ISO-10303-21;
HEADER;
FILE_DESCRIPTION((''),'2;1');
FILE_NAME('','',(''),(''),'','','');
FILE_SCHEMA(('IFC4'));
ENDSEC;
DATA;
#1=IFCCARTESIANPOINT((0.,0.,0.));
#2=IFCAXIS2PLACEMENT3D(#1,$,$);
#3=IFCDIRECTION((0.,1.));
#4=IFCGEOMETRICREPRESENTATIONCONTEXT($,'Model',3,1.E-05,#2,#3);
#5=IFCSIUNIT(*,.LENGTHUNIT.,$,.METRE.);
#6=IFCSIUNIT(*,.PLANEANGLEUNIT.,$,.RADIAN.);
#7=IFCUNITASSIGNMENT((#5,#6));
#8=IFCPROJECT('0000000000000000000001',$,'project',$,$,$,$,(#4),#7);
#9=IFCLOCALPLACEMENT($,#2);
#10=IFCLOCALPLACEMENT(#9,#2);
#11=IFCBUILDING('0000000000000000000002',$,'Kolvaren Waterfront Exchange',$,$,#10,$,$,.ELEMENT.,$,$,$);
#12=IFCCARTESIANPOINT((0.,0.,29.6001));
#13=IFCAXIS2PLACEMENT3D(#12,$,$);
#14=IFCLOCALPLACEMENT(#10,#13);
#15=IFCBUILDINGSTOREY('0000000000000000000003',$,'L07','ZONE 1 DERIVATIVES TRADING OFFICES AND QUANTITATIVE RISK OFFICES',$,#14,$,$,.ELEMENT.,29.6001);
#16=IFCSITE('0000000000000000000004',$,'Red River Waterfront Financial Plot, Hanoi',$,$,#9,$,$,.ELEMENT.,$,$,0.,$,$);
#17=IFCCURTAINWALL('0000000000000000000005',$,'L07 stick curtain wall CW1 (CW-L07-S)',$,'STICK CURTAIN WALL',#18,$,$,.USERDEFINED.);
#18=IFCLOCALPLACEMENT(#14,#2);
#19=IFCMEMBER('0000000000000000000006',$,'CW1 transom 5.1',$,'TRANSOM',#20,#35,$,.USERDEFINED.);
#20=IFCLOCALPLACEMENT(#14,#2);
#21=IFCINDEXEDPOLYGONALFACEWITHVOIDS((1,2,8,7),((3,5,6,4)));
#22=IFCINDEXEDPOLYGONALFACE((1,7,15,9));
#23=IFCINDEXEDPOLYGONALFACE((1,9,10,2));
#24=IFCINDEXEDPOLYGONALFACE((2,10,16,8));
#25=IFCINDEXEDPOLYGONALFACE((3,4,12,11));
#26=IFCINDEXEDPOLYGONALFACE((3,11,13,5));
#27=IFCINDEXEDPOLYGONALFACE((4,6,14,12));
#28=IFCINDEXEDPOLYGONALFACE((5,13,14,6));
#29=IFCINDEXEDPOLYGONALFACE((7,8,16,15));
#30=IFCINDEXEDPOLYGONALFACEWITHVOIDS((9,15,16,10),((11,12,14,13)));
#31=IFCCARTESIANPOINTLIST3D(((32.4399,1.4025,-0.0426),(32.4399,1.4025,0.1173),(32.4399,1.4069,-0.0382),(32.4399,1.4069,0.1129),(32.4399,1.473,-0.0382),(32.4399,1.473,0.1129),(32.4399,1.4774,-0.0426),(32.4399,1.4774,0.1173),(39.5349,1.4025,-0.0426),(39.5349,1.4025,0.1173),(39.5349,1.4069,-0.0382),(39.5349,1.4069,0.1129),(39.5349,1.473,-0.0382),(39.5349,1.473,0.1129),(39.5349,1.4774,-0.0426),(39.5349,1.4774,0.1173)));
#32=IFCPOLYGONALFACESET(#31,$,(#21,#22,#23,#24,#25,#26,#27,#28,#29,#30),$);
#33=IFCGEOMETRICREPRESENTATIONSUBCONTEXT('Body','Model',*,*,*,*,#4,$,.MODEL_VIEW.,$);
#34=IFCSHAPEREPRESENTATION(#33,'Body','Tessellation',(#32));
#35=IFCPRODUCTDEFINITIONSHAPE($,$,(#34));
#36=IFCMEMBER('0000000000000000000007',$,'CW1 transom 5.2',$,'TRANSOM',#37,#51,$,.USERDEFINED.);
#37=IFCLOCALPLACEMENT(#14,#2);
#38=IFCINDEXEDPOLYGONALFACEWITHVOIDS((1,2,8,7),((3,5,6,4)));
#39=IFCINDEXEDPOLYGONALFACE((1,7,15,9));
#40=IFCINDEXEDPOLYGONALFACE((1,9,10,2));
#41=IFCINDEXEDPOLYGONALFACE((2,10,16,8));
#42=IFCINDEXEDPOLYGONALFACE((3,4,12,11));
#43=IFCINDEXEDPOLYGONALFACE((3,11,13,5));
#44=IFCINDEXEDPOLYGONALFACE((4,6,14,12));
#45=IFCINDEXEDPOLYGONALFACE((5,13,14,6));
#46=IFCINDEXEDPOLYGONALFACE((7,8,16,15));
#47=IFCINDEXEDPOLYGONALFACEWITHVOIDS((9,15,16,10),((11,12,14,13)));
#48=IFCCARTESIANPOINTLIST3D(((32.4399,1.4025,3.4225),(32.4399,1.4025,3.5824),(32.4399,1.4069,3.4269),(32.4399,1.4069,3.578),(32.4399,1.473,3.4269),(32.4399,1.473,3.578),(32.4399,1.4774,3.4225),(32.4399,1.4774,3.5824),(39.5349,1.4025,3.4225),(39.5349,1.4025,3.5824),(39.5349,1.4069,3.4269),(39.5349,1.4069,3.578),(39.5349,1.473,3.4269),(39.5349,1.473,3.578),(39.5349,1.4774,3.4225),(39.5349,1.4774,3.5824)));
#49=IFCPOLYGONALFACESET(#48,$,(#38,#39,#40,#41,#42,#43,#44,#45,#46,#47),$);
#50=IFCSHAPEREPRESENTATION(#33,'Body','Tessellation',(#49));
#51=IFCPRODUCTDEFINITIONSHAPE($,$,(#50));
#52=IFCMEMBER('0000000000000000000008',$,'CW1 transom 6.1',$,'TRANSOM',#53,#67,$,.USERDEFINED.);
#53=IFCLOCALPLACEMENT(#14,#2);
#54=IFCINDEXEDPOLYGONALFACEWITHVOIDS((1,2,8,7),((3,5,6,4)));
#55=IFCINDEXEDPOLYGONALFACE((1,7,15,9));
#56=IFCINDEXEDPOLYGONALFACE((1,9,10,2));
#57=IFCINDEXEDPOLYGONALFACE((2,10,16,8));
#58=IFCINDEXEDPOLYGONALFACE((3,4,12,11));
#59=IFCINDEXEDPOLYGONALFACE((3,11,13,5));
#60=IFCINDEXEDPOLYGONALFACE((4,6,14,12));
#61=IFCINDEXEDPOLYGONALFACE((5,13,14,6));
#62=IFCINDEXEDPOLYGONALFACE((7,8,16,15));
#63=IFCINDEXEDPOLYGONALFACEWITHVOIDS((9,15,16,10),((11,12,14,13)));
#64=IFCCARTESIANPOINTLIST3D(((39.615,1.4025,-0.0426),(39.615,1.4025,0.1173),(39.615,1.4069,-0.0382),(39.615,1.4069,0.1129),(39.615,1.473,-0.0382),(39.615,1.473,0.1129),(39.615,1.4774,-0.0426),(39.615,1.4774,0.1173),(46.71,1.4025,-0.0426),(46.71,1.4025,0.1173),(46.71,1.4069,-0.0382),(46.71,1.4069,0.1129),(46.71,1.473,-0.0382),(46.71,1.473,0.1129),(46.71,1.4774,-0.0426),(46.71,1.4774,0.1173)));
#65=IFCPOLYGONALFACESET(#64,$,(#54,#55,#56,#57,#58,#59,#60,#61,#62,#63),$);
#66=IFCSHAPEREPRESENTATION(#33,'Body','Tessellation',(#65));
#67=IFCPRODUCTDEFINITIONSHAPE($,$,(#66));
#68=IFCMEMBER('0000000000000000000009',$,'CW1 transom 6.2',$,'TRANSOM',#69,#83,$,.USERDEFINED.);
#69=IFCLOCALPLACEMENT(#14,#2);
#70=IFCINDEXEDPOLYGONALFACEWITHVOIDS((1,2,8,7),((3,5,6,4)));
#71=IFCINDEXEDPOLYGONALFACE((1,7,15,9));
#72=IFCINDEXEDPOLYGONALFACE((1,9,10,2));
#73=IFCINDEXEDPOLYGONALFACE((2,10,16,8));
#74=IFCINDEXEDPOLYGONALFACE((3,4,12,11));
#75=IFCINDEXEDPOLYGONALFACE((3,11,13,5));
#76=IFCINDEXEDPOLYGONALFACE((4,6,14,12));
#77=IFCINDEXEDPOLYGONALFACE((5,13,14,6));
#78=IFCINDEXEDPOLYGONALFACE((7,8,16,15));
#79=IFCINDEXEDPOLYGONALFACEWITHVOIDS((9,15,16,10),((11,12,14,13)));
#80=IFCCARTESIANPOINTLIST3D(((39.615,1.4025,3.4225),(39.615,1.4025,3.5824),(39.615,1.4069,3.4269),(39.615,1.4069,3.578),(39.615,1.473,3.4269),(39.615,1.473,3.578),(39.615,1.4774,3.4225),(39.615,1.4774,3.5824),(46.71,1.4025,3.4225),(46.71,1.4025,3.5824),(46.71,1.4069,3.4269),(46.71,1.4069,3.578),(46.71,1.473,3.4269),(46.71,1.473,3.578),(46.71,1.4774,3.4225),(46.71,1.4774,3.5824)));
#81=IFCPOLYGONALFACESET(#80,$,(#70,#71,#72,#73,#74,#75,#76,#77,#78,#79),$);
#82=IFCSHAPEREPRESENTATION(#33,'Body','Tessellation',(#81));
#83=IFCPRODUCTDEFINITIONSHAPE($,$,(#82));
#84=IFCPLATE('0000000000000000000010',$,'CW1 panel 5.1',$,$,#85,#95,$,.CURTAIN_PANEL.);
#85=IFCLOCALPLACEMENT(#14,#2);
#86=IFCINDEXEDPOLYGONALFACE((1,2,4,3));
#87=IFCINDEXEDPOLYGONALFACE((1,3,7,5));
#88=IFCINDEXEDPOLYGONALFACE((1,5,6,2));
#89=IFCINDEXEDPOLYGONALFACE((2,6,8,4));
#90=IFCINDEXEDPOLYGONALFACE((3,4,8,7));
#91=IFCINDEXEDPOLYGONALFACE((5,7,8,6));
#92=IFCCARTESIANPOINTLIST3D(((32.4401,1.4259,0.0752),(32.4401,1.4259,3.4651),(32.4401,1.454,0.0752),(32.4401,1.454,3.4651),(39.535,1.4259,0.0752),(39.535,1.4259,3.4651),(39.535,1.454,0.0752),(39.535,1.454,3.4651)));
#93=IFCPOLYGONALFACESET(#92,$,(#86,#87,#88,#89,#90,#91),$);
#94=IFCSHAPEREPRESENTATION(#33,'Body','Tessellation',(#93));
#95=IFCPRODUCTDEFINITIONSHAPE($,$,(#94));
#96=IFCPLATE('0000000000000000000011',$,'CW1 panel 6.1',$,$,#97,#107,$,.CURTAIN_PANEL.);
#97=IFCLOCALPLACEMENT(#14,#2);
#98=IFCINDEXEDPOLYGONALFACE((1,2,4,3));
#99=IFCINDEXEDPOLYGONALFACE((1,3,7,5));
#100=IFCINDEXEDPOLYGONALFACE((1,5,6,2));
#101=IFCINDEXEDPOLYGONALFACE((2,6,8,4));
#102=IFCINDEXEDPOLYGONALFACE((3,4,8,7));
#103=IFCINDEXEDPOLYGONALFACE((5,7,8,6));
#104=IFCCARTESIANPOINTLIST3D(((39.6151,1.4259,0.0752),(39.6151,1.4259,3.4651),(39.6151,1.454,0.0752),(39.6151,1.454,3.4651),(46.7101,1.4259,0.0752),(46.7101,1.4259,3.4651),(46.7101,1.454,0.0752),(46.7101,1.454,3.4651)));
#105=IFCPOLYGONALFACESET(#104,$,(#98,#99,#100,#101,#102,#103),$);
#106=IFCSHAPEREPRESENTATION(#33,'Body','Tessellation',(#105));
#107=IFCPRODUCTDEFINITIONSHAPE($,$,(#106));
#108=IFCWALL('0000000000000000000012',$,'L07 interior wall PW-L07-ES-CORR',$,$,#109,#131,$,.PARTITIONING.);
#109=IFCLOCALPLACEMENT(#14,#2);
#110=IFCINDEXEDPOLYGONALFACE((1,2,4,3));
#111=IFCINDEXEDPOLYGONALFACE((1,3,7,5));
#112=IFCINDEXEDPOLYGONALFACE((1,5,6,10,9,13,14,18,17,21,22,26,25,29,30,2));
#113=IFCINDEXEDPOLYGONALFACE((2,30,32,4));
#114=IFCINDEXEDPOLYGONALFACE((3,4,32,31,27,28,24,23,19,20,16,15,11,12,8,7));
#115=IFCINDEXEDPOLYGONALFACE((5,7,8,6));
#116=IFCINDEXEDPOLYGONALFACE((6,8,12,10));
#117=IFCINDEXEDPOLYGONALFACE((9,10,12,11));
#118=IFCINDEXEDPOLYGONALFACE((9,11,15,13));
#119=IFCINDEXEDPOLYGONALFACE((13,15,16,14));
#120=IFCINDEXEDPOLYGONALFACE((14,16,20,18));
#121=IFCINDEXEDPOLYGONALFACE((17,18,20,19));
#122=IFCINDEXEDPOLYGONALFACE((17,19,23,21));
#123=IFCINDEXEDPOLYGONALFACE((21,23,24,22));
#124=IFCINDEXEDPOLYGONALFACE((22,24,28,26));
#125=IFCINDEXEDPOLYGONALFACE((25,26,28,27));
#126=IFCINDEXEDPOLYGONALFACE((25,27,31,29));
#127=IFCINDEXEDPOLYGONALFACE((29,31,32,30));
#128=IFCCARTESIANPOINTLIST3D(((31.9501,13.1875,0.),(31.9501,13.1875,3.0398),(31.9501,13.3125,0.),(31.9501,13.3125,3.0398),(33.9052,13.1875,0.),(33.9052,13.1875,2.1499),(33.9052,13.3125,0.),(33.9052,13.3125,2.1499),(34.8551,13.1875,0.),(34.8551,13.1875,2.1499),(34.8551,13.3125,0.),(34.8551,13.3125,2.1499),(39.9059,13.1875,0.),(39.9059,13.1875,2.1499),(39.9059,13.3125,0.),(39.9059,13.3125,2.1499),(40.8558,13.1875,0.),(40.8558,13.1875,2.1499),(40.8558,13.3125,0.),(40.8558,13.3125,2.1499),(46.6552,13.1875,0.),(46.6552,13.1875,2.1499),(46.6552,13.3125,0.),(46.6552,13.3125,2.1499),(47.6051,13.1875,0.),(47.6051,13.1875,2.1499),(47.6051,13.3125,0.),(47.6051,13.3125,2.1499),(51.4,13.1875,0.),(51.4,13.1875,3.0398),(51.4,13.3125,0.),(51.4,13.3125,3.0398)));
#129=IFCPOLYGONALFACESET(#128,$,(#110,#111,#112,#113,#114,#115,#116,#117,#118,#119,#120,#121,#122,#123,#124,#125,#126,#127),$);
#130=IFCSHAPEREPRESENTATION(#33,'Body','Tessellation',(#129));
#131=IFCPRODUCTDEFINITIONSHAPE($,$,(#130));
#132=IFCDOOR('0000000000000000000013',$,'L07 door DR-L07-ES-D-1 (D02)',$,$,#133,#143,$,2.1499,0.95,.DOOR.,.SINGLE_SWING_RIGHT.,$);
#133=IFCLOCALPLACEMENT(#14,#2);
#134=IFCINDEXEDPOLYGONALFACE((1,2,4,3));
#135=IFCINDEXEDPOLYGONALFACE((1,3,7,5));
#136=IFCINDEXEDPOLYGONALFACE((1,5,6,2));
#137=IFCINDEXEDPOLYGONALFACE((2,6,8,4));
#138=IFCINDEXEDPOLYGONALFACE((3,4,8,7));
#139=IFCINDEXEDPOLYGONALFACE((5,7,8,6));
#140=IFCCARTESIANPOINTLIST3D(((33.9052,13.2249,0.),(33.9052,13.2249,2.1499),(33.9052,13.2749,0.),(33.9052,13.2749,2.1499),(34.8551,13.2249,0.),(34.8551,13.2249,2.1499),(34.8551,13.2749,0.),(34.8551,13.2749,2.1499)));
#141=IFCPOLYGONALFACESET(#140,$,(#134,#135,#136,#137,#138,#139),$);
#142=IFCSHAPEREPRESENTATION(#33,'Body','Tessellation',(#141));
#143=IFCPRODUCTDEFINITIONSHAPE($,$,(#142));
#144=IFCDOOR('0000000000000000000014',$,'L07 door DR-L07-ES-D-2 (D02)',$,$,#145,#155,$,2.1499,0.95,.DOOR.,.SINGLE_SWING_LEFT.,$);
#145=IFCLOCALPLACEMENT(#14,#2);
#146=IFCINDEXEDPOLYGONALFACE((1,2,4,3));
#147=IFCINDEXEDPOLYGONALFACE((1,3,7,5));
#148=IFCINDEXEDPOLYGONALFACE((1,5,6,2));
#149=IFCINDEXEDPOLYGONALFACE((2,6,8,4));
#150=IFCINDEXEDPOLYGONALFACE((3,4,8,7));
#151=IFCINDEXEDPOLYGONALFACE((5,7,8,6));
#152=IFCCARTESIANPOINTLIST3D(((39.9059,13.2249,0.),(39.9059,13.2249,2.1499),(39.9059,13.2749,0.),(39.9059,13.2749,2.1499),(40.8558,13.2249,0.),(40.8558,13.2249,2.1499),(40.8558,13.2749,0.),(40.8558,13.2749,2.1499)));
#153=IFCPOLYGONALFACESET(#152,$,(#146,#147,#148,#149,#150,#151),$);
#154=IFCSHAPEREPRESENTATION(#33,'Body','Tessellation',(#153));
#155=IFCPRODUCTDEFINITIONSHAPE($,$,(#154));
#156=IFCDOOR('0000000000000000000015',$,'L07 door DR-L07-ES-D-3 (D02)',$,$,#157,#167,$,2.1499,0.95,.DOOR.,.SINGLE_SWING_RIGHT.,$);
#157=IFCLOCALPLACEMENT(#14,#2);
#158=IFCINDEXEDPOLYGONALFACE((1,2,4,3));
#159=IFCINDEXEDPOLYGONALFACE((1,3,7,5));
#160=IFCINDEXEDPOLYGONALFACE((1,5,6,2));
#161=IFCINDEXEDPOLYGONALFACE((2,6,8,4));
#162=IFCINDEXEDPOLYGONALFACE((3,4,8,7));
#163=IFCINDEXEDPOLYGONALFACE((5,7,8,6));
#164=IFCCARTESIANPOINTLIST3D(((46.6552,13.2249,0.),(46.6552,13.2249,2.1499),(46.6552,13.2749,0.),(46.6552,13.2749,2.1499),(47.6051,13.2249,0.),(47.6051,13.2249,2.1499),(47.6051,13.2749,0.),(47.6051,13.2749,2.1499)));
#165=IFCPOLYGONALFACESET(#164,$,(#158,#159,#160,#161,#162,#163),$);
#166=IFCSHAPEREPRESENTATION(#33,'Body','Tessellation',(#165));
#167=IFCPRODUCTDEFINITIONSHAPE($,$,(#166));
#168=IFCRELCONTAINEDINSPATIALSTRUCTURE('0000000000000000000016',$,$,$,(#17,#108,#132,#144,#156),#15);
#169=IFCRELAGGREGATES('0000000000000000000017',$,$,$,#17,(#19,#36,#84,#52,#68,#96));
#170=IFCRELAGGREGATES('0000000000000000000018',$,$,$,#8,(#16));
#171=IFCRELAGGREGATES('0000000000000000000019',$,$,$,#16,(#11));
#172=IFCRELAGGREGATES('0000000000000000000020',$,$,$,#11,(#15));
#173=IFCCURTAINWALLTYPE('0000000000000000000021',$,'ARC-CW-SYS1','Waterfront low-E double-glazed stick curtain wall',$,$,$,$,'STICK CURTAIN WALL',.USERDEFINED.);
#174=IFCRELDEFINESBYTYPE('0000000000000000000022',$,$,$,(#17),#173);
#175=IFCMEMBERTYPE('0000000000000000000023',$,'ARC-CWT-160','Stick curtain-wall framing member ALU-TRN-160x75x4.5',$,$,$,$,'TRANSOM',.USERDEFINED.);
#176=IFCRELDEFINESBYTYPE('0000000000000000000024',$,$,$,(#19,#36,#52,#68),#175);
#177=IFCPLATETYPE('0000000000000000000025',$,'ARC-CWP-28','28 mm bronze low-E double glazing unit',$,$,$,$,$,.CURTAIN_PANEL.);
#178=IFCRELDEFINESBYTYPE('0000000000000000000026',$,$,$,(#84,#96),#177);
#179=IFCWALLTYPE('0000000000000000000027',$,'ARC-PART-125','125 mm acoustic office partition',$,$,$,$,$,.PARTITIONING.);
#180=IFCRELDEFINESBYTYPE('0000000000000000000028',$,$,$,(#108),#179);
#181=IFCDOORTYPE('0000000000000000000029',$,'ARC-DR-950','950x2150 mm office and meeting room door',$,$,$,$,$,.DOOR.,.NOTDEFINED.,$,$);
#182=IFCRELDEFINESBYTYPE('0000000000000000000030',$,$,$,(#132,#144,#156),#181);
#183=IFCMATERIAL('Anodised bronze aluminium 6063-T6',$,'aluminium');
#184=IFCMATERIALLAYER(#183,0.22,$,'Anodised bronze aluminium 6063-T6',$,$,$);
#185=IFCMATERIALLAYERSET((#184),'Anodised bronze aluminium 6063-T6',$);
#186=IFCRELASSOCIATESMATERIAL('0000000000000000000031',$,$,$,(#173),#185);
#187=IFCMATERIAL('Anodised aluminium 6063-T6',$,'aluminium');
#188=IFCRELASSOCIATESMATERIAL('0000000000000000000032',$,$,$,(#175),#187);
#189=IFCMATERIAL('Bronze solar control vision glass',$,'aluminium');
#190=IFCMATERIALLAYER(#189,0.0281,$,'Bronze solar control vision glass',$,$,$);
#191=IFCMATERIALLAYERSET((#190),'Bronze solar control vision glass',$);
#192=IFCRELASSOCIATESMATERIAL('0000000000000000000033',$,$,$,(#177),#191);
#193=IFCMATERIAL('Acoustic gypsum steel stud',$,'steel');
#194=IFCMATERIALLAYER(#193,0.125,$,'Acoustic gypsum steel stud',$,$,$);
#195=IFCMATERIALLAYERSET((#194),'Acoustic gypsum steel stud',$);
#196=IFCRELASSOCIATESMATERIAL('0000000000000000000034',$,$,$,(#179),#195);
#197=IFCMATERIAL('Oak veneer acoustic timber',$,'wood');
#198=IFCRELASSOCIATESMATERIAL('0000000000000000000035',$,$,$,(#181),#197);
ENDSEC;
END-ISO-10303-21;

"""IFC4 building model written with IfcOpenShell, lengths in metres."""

from ifc_helpers import new_model, si_unit, direction, frame, frame_2d, origin, origin_with_axes, origin_2d, place, context, subcontext, project, spatial, rectangle, hollow_rectangle, extrude, source, transform, mapped, material, layer, layer_set, material_profile, profile_set, type_object, element, fill, aggregate, save


model = new_model("IFC4")

# Units and contexts
model_context = context("Model", 3, precision=1e-05, world=origin(), true_north=direction((0.0, 1.0)))
body_context = subcontext(model_context, "Body", "Model", "MODEL_VIEW")
ifc_project = project(units=[si_unit("LENGTHUNIT", "METRE"), si_unit("PLANEANGLEUNIT", "RADIAN")], contexts=[model_context])

# Site, building, storey
site_placement = place(None, origin())
site = spatial("IfcSite", under=ifc_project, at=site_placement, Name="Red River Waterfront Financial Plot, Hanoi", CompositionType="ELEMENT", RefElevation=0.0)
building_placement = place(site_placement, origin())
building = spatial("IfcBuilding", under=site, at=building_placement, Name="Kolvaren Waterfront Exchange", CompositionType="ELEMENT")
storey_placement = place(building_placement, frame((0.0, 0.0, 29.6001)))
storey = spatial("IfcBuildingStorey", under=building, at=storey_placement, Name="L07", Description="ZONE 1 DERIVATIVES TRADING OFFICES AND QUANTITATIVE RISK OFFICES", CompositionType="ELEMENT", Elevation=29.6001)

# Curtain wall, members, plates
ifc_material_1 = material(Name="Anodised bronze aluminium 6063-T6", Category="aluminium")
ifc_layer_1 = layer(ifc_material_1, 0.22, Name="Anodised bronze aluminium 6063-T6")
ifc_layer_set_1 = layer_set([ifc_layer_1], Name="Anodised bronze aluminium 6063-T6")
curtain_wall_type = type_object("IfcCurtainWallType", Name="ARC-CW-SYS1", Description="Waterfront low-E double-glazed stick curtain wall", ElementType="STICK CURTAIN WALL", PredefinedType="USERDEFINED", material=ifc_layer_set_1)
curtain_wall_placement = place(storey_placement, origin())
curtain_wall = element("IfcCurtainWall", 1, at=curtain_wall_placement, inside=storey, type_object=curtain_wall_type, Name="L07 stick curtain wall CW1 (CW-L07-S)", ObjectType="STICK CURTAIN WALL", PredefinedType="USERDEFINED")
ifc_material_2 = material(Name="Anodised aluminium 6063-T6", Category="aluminium")
ifc_material_profile_1 = material_profile(ifc_material_2, hollow_rectangle(XDim=0.075, YDim=0.1599, WallThickness=0.0044, at=origin_2d()), Name="ALU-TRN-160x75x4.5")
ifc_profile_set_1 = profile_set([ifc_material_profile_1], Name="Anodised aluminium 6063-T6")
member_type_1 = type_object("IfcMemberType", Name="ARC-CWT-160", Description="Stick curtain-wall framing member ALU-TRN-160x75x4.5", ElementType="TRANSOM", PredefinedType="USERDEFINED", material=ifc_profile_set_1)
shared_shape_1 = source(origin_with_axes(), body_context, "Body", "SweptSolid", [
    extrude(hollow_rectangle(XDim=0.075, YDim=0.1599, WallThickness=0.0044, at=origin_2d()), origin(), (0.0, 0.0, 1.0), 7.095),
])
member_1_placement = place(storey_placement, frame((32.4399, 1.4399, 0.0374), z_axis=(1.0, 0.0, 0.0), x_axis=(0.0, 1.0, 0.0)))
member_1 = element("IfcMember", 2, at=member_1_placement, type_object=member_type_1, Name="CW1 transom 5.1", ObjectType="TRANSOM", PredefinedType="USERDEFINED", context=body_context, shape_type="MappedRepresentation", body=[
    mapped(shared_shape_1, transform((0.0, 0.0, 0.0), x_axis=(1.0, 0.0, 0.0), y_axis=(0.0, 1.0, 0.0), z_axis=(0.0, 0.0, 1.0), scale=1.0)),
])
member_2_placement = place(storey_placement, frame((32.4399, 1.4399, 3.5024), z_axis=(1.0, 0.0, 0.0), x_axis=(0.0, 1.0, 0.0)))
member_2 = element("IfcMember", 3, at=member_2_placement, type_object=member_type_1, Name="CW1 transom 5.2", ObjectType="TRANSOM", PredefinedType="USERDEFINED", context=body_context, shape_type="MappedRepresentation", body=[
    mapped(shared_shape_1, transform((0.0, 0.0, 0.0), x_axis=(1.0, 0.0, 0.0), y_axis=(0.0, 1.0, 0.0), z_axis=(0.0, 0.0, 1.0), scale=1.0)),
])
member_3_placement = place(storey_placement, frame((39.615, 1.4399, 0.0374), z_axis=(1.0, 0.0, 0.0), x_axis=(0.0, 1.0, 0.0)))
member_3 = element("IfcMember", 4, at=member_3_placement, type_object=member_type_1, Name="CW1 transom 6.1", ObjectType="TRANSOM", PredefinedType="USERDEFINED", context=body_context, shape_type="MappedRepresentation", body=[
    mapped(shared_shape_1, transform((0.0, 0.0, 0.0), x_axis=(1.0, 0.0, 0.0), y_axis=(0.0, 1.0, 0.0), z_axis=(0.0, 0.0, 1.0), scale=1.0)),
])
member_4_placement = place(storey_placement, frame((39.615, 1.4399, 3.5024), z_axis=(1.0, 0.0, 0.0), x_axis=(0.0, 1.0, 0.0)))
member_4 = element("IfcMember", 5, at=member_4_placement, type_object=member_type_1, Name="CW1 transom 6.2", ObjectType="TRANSOM", PredefinedType="USERDEFINED", context=body_context, shape_type="MappedRepresentation", body=[
    mapped(shared_shape_1, transform((0.0, 0.0, 0.0), x_axis=(1.0, 0.0, 0.0), y_axis=(0.0, 1.0, 0.0), z_axis=(0.0, 0.0, 1.0), scale=1.0)),
])
ifc_material_3 = material(Name="Bronze solar control vision glass", Category="aluminium")
ifc_layer_2 = layer(ifc_material_3, 0.0281, Name="Bronze solar control vision glass")
ifc_layer_set_2 = layer_set([ifc_layer_2], Name="Bronze solar control vision glass")
plate_type = type_object("IfcPlateType", Name="ARC-CWP-28", Description="28 mm bronze low-E double glazing unit", PredefinedType="CURTAIN_PANEL", material=ifc_layer_set_2)
shared_shape_2 = source(origin_with_axes(), body_context, "Body", "SweptSolid", [
    extrude(rectangle(XDim=7.095, YDim=0.0281, at=origin_2d()), origin(), (0.0, 0.0, 1.0), 3.3899),
])
plate_1_placement = place(storey_placement, frame((35.9875, 1.4399, 0.0752), z_axis=(0.0, 0.0, 1.0), x_axis=(1.0, 0.0, 0.0)))
plate_1 = element("IfcPlate", 6, at=plate_1_placement, type_object=plate_type, Name="CW1 panel 5.1", PredefinedType="CURTAIN_PANEL", context=body_context, shape_type="MappedRepresentation", body=[
    mapped(shared_shape_2, transform((0.0, 0.0, 0.0), x_axis=(1.0, 0.0, 0.0), y_axis=(0.0, 1.0, 0.0), z_axis=(0.0, 0.0, 1.0), scale=1.0)),
])
plate_2_placement = place(storey_placement, frame((43.1626, 1.4399, 0.0752), z_axis=(0.0, 0.0, 1.0), x_axis=(1.0, 0.0, 0.0)))
plate_2 = element("IfcPlate", 7, at=plate_2_placement, type_object=plate_type, Name="CW1 panel 6.1", PredefinedType="CURTAIN_PANEL", context=body_context, shape_type="MappedRepresentation", body=[
    mapped(shared_shape_2, transform((0.0, 0.0, 0.0), x_axis=(1.0, 0.0, 0.0), y_axis=(0.0, 1.0, 0.0), z_axis=(0.0, 0.0, 1.0), scale=1.0)),
])
aggregate(curtain_wall, [member_1, member_2, plate_1, member_3, member_4, plate_2])

# Wall, openings, doors
ifc_material_4 = material(Name="Acoustic gypsum steel stud", Category="steel")
ifc_layer_3 = layer(ifc_material_4, 0.125, Name="Acoustic gypsum steel stud")
ifc_layer_set_3 = layer_set([ifc_layer_3], Name="Acoustic gypsum steel stud")
wall_type_1 = type_object("IfcWallType", Name="ARC-PART-125", Description="125 mm acoustic office partition", PredefinedType="PARTITIONING", material=ifc_layer_set_3)
wall_1_placement = place(storey_placement, frame((31.95, 13.25, 0.0), z_axis=(0.0, 0.0, 1.0), x_axis=(1.0, 0.0, 0.0)))
wall_1 = element("IfcWall", 8, at=wall_1_placement, inside=storey, type_object=wall_type_1, Name="L07 interior wall PW-L07-ES-CORR", PredefinedType="PARTITIONING", context=body_context, shape_type="SweptSolid", body=[
    extrude(rectangle(XDim=19.45, YDim=0.125, at=frame_2d((9.7251, 0.0))), origin(), (0.0, 0.0, 1.0), 3.0398),
])
opening_1_placement = place(wall_1_placement, frame((1.9551, 0.0, 0.0)))
opening_1 = element("IfcOpeningElement", 9, at=opening_1_placement, cuts=wall_1, PredefinedType="OPENING", context=body_context, shape_type="SweptSolid", body=[
    extrude(rectangle(XDim=0.95, YDim=2.1499, at=frame_2d((0.4751, 1.075))), frame((0.0, 0.0725, 0.0), z_axis=(0.0, -1.0, 0.0), x_axis=(1.0, 0.0, 0.0)), (0.0, 0.0, 1.0), 0.145),
])
opening_2_placement = place(wall_1_placement, frame((7.9558, 0.0, 0.0)))
opening_2 = element("IfcOpeningElement", 10, at=opening_2_placement, cuts=wall_1, PredefinedType="OPENING", context=body_context, shape_type="SweptSolid", body=[
    extrude(rectangle(XDim=0.95, YDim=2.1499, at=frame_2d((0.4751, 1.075))), frame((0.0, 0.0725, 0.0), z_axis=(0.0, -1.0, 0.0), x_axis=(1.0, 0.0, 0.0)), (0.0, 0.0, 1.0), 0.145),
])
opening_3_placement = place(wall_1_placement, frame((14.7051, 0.0, 0.0)))
opening_3 = element("IfcOpeningElement", 11, at=opening_3_placement, cuts=wall_1, PredefinedType="OPENING", context=body_context, shape_type="SweptSolid", body=[
    extrude(rectangle(XDim=0.95, YDim=2.1499, at=frame_2d((0.4751, 1.075))), frame((0.0, 0.0725, 0.0), z_axis=(0.0, -1.0, 0.0), x_axis=(1.0, 0.0, 0.0)), (0.0, 0.0, 1.0), 0.145),
])
ifc_material_5 = material(Name="Oak veneer acoustic timber", Category="wood")
door_type = type_object("IfcDoorType", Name="ARC-DR-950", Description="950x2150 mm office and meeting room door", OperationType="NOTDEFINED", PredefinedType="DOOR", material=ifc_material_5)
door_1_placement = place(opening_1_placement, origin())
door_1 = element("IfcDoor", 12, at=door_1_placement, inside=storey, type_object=door_type, Name="L07 door DR-L07-ES-D-1 (D02)", OperationType="SINGLE_SWING_RIGHT", OverallHeight=2.1499, OverallWidth=0.95, PredefinedType="DOOR", context=body_context, shape_type="SweptSolid", body=[
    extrude(rectangle(XDim=0.95, YDim=2.1499, at=frame_2d((0.4751, 1.075))), frame((0.0, 0.0249, 0.0), z_axis=(0.0, -1.0, 0.0), x_axis=(1.0, 0.0, 0.0)), (0.0, 0.0, 1.0), 0.05),
])
fill(opening_1, door_1)
door_2_placement = place(opening_2_placement, origin())
door_2 = element("IfcDoor", 13, at=door_2_placement, inside=storey, type_object=door_type, Name="L07 door DR-L07-ES-D-2 (D02)", OperationType="SINGLE_SWING_LEFT", OverallHeight=2.1499, OverallWidth=0.95, PredefinedType="DOOR", context=body_context, shape_type="SweptSolid", body=[
    extrude(rectangle(XDim=0.95, YDim=2.1499, at=frame_2d((0.4751, 1.075))), frame((0.0, 0.0249, 0.0), z_axis=(0.0, -1.0, 0.0), x_axis=(1.0, 0.0, 0.0)), (0.0, 0.0, 1.0), 0.05),
])
fill(opening_2, door_2)
door_3_placement = place(opening_3_placement, origin())
door_3 = element("IfcDoor", 14, at=door_3_placement, inside=storey, type_object=door_type, Name="L07 door DR-L07-ES-D-3 (D02)", OperationType="SINGLE_SWING_RIGHT", OverallHeight=2.1499, OverallWidth=0.95, PredefinedType="DOOR", context=body_context, shape_type="SweptSolid", body=[
    extrude(rectangle(XDim=0.95, YDim=2.1499, at=frame_2d((0.4751, 1.075))), frame((0.0, 0.0249, 0.0), z_axis=(0.0, -1.0, 0.0), x_axis=(1.0, 0.0, 0.0)), (0.0, 0.0, 1.0), 0.05),
])
fill(opening_3, door_3)

save(model, "model.ifc")
